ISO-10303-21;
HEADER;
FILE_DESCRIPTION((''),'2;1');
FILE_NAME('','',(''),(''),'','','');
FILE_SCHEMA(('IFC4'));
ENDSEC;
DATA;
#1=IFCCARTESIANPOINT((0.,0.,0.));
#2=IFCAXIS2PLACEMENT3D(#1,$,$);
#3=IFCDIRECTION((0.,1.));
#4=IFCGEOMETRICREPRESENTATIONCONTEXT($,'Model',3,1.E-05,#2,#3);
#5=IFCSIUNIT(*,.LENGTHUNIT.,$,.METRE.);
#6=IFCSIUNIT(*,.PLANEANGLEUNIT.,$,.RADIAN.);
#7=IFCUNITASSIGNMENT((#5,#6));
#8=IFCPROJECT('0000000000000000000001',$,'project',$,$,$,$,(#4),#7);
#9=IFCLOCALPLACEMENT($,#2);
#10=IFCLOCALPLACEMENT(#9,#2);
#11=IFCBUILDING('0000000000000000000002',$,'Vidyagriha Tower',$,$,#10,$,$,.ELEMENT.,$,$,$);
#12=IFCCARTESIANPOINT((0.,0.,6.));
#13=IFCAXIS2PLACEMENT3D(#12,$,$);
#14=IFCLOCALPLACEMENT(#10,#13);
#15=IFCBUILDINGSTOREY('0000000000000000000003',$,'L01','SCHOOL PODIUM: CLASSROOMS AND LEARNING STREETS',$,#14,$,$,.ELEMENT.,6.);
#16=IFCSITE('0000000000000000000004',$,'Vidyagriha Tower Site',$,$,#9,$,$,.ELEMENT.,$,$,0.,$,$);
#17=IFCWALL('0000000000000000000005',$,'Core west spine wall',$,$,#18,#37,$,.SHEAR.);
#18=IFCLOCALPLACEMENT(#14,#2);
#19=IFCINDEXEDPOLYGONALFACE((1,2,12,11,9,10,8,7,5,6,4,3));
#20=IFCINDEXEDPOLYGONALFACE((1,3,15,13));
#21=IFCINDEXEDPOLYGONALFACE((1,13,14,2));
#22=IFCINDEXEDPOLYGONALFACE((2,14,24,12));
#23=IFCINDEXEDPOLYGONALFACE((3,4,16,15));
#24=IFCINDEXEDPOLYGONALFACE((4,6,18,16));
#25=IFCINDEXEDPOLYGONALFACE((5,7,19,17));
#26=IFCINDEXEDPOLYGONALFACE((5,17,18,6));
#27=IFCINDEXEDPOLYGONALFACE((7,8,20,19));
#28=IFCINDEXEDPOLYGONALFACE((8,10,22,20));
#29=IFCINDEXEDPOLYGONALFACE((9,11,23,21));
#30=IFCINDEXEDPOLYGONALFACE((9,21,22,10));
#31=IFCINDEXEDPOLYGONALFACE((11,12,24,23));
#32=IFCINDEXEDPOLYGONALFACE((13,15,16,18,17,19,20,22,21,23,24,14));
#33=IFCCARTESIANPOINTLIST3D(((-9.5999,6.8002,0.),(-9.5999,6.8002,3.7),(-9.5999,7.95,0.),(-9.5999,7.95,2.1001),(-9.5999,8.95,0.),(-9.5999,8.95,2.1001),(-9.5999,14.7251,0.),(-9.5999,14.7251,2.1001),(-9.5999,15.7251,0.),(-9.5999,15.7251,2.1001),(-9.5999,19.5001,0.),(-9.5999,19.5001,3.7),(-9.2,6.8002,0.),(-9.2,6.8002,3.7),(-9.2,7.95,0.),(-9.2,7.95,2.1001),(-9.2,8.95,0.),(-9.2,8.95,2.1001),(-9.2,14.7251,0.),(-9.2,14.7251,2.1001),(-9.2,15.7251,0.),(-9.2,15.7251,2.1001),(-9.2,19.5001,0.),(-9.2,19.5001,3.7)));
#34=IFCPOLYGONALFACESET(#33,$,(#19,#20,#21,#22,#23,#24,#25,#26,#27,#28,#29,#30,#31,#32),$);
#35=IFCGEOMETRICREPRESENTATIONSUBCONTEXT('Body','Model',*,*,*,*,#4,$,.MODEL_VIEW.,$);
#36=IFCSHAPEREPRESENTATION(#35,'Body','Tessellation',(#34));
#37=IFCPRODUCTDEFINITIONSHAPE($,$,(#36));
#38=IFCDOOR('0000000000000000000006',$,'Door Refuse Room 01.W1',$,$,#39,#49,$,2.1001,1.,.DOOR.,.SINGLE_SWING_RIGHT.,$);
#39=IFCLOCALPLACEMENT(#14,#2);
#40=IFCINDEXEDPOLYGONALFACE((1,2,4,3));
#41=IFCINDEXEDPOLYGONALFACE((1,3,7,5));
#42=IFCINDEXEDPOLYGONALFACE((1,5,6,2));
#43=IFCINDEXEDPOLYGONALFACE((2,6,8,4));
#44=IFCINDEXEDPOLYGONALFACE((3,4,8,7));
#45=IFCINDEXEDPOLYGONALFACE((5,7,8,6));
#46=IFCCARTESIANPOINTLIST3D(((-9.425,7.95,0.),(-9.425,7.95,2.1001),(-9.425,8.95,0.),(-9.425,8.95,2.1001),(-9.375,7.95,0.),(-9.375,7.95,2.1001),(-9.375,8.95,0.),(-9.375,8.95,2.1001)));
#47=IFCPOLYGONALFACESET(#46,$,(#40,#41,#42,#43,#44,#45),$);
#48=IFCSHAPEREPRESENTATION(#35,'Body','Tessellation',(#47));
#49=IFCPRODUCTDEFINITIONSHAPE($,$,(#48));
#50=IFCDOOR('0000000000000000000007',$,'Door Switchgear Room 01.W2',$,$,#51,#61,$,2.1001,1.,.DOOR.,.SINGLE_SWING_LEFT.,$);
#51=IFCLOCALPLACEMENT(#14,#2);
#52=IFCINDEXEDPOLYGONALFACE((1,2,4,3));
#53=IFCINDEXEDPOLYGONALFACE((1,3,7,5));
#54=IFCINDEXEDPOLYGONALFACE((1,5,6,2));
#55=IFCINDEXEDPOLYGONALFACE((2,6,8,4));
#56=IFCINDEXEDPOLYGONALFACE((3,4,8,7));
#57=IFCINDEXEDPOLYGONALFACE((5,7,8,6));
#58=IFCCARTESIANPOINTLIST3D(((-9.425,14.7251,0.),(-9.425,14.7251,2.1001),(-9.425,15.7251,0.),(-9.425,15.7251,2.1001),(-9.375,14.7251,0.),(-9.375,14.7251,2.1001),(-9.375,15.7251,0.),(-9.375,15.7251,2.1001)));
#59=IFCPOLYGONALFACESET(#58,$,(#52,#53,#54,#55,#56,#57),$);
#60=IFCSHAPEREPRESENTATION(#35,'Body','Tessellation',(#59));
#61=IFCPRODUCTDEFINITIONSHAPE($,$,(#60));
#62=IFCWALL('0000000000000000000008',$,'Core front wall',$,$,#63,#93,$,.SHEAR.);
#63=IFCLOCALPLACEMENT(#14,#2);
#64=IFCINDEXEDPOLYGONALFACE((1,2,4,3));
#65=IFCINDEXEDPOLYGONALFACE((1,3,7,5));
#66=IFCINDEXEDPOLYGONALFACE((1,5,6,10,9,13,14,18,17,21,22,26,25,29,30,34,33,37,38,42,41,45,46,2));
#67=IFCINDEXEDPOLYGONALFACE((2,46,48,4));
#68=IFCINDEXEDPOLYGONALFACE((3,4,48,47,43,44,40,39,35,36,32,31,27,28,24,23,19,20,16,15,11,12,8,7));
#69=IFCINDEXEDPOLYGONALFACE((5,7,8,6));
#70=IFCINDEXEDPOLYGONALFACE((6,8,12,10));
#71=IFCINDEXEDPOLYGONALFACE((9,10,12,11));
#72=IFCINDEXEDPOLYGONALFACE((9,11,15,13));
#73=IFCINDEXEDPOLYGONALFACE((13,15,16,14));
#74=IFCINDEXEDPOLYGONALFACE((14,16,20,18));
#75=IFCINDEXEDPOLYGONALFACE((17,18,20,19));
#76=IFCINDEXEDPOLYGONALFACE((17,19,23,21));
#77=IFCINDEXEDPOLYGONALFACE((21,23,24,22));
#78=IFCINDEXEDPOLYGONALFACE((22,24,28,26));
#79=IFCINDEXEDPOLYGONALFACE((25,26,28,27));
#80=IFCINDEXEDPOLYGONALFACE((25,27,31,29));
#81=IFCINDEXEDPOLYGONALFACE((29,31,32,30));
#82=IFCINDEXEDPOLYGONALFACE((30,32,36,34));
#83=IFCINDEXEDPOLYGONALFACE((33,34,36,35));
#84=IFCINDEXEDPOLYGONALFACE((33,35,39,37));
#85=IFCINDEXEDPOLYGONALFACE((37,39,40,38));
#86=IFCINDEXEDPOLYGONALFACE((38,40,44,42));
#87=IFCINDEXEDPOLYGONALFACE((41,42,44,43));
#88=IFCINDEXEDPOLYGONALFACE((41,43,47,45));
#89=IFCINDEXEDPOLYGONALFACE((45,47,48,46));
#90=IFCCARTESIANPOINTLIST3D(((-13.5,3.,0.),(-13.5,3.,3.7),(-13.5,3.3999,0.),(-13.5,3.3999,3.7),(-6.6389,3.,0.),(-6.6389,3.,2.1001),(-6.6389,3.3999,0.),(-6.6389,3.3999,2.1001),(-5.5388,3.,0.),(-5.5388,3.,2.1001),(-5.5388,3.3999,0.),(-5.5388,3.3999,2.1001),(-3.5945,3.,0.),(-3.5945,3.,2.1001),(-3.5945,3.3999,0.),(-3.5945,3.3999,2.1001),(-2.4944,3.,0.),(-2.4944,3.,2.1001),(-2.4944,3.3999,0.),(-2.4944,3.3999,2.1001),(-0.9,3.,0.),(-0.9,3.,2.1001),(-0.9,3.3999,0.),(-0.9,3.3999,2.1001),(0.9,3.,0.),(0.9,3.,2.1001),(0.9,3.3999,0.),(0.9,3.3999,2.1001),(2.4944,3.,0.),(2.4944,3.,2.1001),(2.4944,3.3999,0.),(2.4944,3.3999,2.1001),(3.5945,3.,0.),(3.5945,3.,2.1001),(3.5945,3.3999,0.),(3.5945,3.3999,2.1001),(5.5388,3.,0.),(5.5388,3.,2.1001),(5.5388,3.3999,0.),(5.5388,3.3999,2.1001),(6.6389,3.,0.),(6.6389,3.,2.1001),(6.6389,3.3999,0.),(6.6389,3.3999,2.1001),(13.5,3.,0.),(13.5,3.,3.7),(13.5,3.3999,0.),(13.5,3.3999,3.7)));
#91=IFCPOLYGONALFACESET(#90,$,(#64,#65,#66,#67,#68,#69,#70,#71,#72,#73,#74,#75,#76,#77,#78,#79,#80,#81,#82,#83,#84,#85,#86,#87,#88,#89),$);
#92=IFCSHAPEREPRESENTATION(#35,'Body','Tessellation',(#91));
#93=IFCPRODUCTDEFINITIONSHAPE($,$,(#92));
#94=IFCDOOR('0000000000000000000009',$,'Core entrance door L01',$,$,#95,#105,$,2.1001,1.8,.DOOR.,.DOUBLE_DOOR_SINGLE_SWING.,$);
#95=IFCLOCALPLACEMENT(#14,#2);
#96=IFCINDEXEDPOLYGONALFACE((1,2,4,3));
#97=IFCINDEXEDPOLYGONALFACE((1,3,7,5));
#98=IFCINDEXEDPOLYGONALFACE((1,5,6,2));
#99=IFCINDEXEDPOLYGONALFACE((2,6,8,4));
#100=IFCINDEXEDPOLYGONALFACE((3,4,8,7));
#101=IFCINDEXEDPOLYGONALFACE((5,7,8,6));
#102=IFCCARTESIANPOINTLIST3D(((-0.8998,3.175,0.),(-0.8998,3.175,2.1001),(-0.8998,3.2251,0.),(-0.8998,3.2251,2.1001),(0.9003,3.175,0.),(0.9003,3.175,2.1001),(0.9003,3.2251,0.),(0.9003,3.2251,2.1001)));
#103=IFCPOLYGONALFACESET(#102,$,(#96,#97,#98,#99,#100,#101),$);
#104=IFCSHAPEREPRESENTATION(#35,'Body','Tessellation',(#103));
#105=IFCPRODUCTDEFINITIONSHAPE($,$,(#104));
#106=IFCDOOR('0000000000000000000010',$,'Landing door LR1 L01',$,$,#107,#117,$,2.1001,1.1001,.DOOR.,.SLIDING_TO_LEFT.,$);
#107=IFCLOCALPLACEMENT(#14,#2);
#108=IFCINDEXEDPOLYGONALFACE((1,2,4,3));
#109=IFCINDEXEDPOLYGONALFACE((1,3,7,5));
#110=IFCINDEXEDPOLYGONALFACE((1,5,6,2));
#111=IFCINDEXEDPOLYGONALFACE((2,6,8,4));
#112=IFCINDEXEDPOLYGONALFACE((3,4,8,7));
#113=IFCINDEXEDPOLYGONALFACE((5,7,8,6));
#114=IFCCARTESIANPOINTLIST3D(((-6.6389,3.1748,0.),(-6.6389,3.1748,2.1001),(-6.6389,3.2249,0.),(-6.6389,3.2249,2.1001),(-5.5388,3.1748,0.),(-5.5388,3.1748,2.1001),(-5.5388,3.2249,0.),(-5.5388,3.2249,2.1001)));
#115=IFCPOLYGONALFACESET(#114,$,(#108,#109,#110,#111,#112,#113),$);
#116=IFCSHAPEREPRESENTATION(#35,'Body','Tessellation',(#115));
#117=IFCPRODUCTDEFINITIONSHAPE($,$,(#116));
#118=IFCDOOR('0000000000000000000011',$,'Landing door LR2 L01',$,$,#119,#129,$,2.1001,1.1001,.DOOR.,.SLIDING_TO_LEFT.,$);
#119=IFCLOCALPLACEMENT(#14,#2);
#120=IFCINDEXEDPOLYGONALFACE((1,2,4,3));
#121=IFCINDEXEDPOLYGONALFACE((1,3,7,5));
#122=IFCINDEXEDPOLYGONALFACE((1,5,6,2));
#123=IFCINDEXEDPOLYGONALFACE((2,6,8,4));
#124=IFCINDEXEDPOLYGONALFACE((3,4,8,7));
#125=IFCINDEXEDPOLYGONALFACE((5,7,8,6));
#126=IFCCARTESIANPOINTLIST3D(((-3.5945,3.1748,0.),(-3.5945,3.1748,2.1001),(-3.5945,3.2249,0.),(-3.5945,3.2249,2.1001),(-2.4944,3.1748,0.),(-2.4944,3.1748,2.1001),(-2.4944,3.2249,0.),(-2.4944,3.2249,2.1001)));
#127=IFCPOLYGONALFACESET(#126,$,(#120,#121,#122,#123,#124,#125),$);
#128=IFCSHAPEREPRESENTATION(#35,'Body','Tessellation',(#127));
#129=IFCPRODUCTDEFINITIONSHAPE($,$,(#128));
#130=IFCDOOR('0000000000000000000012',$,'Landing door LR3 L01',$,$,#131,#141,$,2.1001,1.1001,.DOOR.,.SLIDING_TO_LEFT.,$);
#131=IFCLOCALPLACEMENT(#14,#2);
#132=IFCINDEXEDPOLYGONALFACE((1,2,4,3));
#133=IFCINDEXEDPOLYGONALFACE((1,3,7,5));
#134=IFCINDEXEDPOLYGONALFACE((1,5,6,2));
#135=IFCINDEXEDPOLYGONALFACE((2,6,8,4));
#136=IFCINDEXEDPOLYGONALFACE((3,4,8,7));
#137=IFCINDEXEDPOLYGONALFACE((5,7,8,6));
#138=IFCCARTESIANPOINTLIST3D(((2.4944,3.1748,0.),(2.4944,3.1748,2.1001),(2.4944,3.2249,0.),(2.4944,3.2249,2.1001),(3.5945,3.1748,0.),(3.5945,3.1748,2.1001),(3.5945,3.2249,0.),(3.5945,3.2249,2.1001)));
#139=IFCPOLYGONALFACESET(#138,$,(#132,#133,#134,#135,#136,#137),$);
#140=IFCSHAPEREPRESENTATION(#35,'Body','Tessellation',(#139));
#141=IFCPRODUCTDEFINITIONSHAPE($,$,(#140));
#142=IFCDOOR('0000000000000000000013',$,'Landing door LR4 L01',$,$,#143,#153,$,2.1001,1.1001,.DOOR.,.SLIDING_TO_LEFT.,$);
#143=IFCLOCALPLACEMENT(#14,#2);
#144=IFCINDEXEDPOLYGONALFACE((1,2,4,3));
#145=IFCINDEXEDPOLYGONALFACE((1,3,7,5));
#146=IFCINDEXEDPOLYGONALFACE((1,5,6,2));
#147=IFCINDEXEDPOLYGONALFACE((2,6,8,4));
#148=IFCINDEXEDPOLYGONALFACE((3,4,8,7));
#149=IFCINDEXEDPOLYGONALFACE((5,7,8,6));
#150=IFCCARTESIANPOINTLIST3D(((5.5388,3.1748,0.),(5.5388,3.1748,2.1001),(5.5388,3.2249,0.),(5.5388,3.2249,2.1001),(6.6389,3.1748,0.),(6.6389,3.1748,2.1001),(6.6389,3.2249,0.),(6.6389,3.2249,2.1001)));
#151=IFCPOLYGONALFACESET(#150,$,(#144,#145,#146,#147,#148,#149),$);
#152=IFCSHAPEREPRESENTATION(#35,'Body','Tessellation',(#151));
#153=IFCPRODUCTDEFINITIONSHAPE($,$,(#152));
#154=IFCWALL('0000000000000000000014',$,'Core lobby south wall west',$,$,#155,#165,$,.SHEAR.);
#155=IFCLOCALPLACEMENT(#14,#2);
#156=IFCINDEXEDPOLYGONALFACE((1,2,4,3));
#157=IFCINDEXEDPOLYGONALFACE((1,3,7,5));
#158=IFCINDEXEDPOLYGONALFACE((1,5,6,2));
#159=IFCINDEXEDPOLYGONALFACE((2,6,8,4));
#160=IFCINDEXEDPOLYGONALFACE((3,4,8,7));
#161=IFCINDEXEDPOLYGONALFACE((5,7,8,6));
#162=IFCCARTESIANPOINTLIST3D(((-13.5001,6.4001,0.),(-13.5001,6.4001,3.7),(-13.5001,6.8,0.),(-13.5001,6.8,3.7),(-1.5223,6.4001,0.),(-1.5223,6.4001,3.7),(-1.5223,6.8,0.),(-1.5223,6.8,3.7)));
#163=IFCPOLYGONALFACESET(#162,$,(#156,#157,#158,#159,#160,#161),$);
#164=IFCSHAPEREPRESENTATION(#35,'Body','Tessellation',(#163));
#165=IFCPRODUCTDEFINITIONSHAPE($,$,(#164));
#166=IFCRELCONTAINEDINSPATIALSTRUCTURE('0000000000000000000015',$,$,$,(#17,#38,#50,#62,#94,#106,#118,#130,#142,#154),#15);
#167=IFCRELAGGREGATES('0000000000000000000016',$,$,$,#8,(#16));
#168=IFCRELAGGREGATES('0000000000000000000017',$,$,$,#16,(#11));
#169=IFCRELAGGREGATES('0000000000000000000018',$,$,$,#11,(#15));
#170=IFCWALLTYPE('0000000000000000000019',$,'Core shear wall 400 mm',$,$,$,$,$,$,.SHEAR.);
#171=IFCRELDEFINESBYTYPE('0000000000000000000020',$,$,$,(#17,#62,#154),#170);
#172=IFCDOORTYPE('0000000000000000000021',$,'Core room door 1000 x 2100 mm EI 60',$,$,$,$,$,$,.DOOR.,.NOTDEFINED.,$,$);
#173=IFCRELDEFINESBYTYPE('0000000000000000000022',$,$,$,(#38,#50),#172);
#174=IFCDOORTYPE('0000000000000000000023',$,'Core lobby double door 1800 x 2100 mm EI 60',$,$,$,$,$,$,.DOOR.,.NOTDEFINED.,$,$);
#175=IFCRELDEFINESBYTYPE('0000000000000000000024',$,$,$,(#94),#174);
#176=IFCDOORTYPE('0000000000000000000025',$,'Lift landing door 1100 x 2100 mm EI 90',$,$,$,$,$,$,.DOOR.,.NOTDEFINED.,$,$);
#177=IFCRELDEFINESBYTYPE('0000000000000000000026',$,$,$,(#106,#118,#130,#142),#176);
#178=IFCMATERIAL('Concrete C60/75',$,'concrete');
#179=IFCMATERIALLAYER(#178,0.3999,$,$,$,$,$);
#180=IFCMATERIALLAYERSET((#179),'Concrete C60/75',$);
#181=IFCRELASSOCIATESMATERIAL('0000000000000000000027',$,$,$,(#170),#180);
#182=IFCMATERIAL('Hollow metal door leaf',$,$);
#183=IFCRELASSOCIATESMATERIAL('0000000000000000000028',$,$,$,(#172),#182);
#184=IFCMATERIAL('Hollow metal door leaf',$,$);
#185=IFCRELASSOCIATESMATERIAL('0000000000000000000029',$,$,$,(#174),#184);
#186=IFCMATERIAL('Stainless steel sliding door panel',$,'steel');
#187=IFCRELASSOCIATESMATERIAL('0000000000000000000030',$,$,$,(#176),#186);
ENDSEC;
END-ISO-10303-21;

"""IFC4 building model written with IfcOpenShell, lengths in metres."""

from ifc_helpers import new_model, si_unit, direction, frame, frame_2d, origin, place, context, subcontext, project, spatial, rectangle, extrude, material, layer, layer_set, type_object, element, fill, save


model = new_model("IFC4")

# Units and contexts
model_context = context("Model", 3, precision=1e-05, world=origin(), true_north=direction((0.0, 1.0)))
body_context = subcontext(model_context, "Body", "Model", "MODEL_VIEW")
ifc_project = project(units=[si_unit("LENGTHUNIT", "METRE"), si_unit("PLANEANGLEUNIT", "RADIAN")], contexts=[model_context])

# Site, building, storey
site_placement = place(None, origin())
site = spatial("IfcSite", under=ifc_project, at=site_placement, Name="Vidyagriha Tower Site", CompositionType="ELEMENT", RefElevation=0.0)
building_placement = place(site_placement, origin())
building = spatial("IfcBuilding", under=site, at=building_placement, Name="Vidyagriha Tower", CompositionType="ELEMENT")
storey_placement = place(building_placement, frame((0.0, 0.0, 6.0)))
storey = spatial("IfcBuildingStorey", under=building, at=storey_placement, Name="L01", Description="SCHOOL PODIUM: CLASSROOMS AND LEARNING STREETS", CompositionType="ELEMENT", Elevation=6.0)

# Walls, openings, doors
ifc_material_1 = material(Name="Concrete C60/75", Category="concrete")
ifc_layer_1 = layer(ifc_material_1, 0.3999)
ifc_layer_set_1 = layer_set([ifc_layer_1], Name="Concrete C60/75")
wall_type_1 = type_object("IfcWallType", Name="Core shear wall 400 mm", PredefinedType="SHEAR", material=ifc_layer_set_1)
wall_1_placement = place(storey_placement, frame((-9.3999, 6.8, 0.0), z_axis=(0.0, 0.0, 1.0), x_axis=(0.0, 1.0, 0.0)))
wall_1 = element("IfcWall", 1, at=wall_1_placement, inside=storey, type_object=wall_type_1, Name="Core west spine wall", PredefinedType="SHEAR", context=body_context, shape_type="SweptSolid", body=[
    extrude(rectangle(XDim=12.7, YDim=0.3999, at=frame_2d((6.3501, 0.0))), origin(), (0.0, 0.0, 1.0), 3.7),
])
opening_1_placement = place(wall_1_placement, frame((1.1499, 0.0, 0.0)))
opening_1 = element("IfcOpeningElement", 2, at=opening_1_placement, cuts=wall_1, PredefinedType="OPENING", context=body_context, shape_type="SweptSolid", body=[
    extrude(rectangle(XDim=1.0, YDim=2.1001, at=frame_2d((0.5, 1.05))), frame((0.0, 0.21, 0.0), z_axis=(0.0, -1.0, 0.0), x_axis=(1.0, 0.0, 0.0)), (0.0, 0.0, 1.0), 0.4199),
])
opening_2_placement = place(wall_1_placement, frame((7.925, 0.0, 0.0)))
opening_2 = element("IfcOpeningElement", 3, at=opening_2_placement, cuts=wall_1, PredefinedType="OPENING", context=body_context, shape_type="SweptSolid", body=[
    extrude(rectangle(XDim=1.0, YDim=2.1001, at=frame_2d((0.5, 1.05))), frame((0.0, 0.21, 0.0), z_axis=(0.0, -1.0, 0.0), x_axis=(1.0, 0.0, 0.0)), (0.0, 0.0, 1.0), 0.4199),
])
ifc_material_2 = material(Name="Hollow metal door leaf")
door_type_1 = type_object("IfcDoorType", Name="Core room door 1000 x 2100 mm EI 60", OperationType="NOTDEFINED", PredefinedType="DOOR", material=ifc_material_2)
door_1_placement = place(opening_1_placement, frame((1.0, 0.0, 0.0), z_axis=(0.0, 0.0, 1.0), x_axis=(-1.0, 0.0, 0.0)))
door_1 = element("IfcDoor", 4, at=door_1_placement, inside=storey, type_object=door_type_1, Name="Door Refuse Room 01.W1", OperationType="SINGLE_SWING_RIGHT", OverallHeight=2.1001, OverallWidth=1.0, PredefinedType="DOOR", context=body_context, shape_type="SweptSolid", body=[
    extrude(rectangle(XDim=1.0, YDim=2.1001, at=frame_2d((0.5, 1.05))), frame((0.0, 0.0249, 0.0), z_axis=(0.0, -1.0, 0.0), x_axis=(1.0, 0.0, 0.0)), (0.0, 0.0, 1.0), 0.05),
])
fill(opening_1, door_1)
door_2_placement = place(opening_2_placement, frame((1.0, 0.0, 0.0), z_axis=(0.0, 0.0, 1.0), x_axis=(-1.0, 0.0, 0.0)))
door_2 = element("IfcDoor", 5, at=door_2_placement, inside=storey, type_object=door_type_1, Name="Door Switchgear Room 01.W2", OperationType="SINGLE_SWING_LEFT", OverallHeight=2.1001, OverallWidth=1.0, PredefinedType="DOOR", context=body_context, shape_type="SweptSolid", body=[
    extrude(rectangle(XDim=1.0, YDim=2.1001, at=frame_2d((0.5, 1.05))), frame((0.0, 0.0249, 0.0), z_axis=(0.0, -1.0, 0.0), x_axis=(1.0, 0.0, 0.0)), (0.0, 0.0, 1.0), 0.05),
])
fill(opening_2, door_2)
wall_2_placement = place(storey_placement, frame((-13.5, 3.2, 0.0)))
wall_2 = element("IfcWall", 6, at=wall_2_placement, inside=storey, type_object=wall_type_1, Name="Core front wall", PredefinedType="SHEAR", context=body_context, shape_type="SweptSolid", body=[
    extrude(rectangle(XDim=27.0, YDim=0.3999, at=frame_2d((13.5, 0.0))), origin(), (0.0, 0.0, 1.0), 3.7),
])
opening_3_placement = place(wall_2_placement, frame((6.8611, 0.0, 0.0)))
opening_3 = element("IfcOpeningElement", 7, at=opening_3_placement, cuts=wall_2, PredefinedType="OPENING", context=body_context, shape_type="SweptSolid", body=[
    extrude(rectangle(XDim=1.1001, YDim=2.1001, at=frame_2d((0.55, 1.05))), frame((0.0, 0.21, 0.0), z_axis=(0.0, -1.0, 0.0), x_axis=(1.0, 0.0, 0.0)), (0.0, 0.0, 1.0), 0.4199),
])
opening_4_placement = place(wall_2_placement, frame((9.9055, 0.0, 0.0)))
opening_4 = element("IfcOpeningElement", 8, at=opening_4_placement, cuts=wall_2, PredefinedType="OPENING", context=body_context, shape_type="SweptSolid", body=[
    extrude(rectangle(XDim=1.1001, YDim=2.1001, at=frame_2d((0.55, 1.05))), frame((0.0, 0.21, 0.0), z_axis=(0.0, -1.0, 0.0), x_axis=(1.0, 0.0, 0.0)), (0.0, 0.0, 1.0), 0.4199),
])
opening_5_placement = place(wall_2_placement, frame((15.9944, 0.0, 0.0)))
opening_5 = element("IfcOpeningElement", 9, at=opening_5_placement, cuts=wall_2, PredefinedType="OPENING", context=body_context, shape_type="SweptSolid", body=[
    extrude(rectangle(XDim=1.1001, YDim=2.1001, at=frame_2d((0.55, 1.05))), frame((0.0, 0.21, 0.0), z_axis=(0.0, -1.0, 0.0), x_axis=(1.0, 0.0, 0.0)), (0.0, 0.0, 1.0), 0.4199),
])
opening_6_placement = place(wall_2_placement, frame((19.0388, 0.0, 0.0)))
opening_6 = element("IfcOpeningElement", 10, at=opening_6_placement, cuts=wall_2, PredefinedType="OPENING", context=body_context, shape_type="SweptSolid", body=[
    extrude(rectangle(XDim=1.1001, YDim=2.1001, at=frame_2d((0.55, 1.05))), frame((0.0, 0.21, 0.0), z_axis=(0.0, -1.0, 0.0), x_axis=(1.0, 0.0, 0.0)), (0.0, 0.0, 1.0), 0.4199),
])
opening_7_placement = place(wall_2_placement, frame((12.6001, 0.0, 0.0)))
opening_7 = element("IfcOpeningElement", 11, at=opening_7_placement, cuts=wall_2, PredefinedType="OPENING", context=body_context, shape_type="SweptSolid", body=[
    extrude(rectangle(XDim=1.8, YDim=2.1001, at=frame_2d((0.8999, 1.05))), frame((0.0, 0.21, 0.0), z_axis=(0.0, -1.0, 0.0), x_axis=(1.0, 0.0, 0.0)), (0.0, 0.0, 1.0), 0.4199),
])
ifc_material_3 = material(Name="Hollow metal door leaf")
door_type_2 = type_object("IfcDoorType", Name="Core lobby double door 1800 x 2100 mm EI 60", OperationType="NOTDEFINED", PredefinedType="DOOR", material=ifc_material_3)
door_3_placement = place(opening_7_placement, frame((1.8, 0.0, 0.0), z_axis=(0.0, 0.0, 1.0), x_axis=(-1.0, 0.0, 0.0)))
door_3 = element("IfcDoor", 12, at=door_3_placement, inside=storey, type_object=door_type_2, Name="Core entrance door L01", OperationType="DOUBLE_DOOR_SINGLE_SWING", OverallHeight=2.1001, OverallWidth=1.8, PredefinedType="DOOR", context=body_context, shape_type="SweptSolid", body=[
    extrude(rectangle(XDim=1.8, YDim=2.1001, at=frame_2d((0.8999, 1.05))), frame((0.0, 0.0249, 0.0), z_axis=(0.0, -1.0, 0.0), x_axis=(1.0, 0.0, 0.0)), (0.0, 0.0, 1.0), 0.05),
])
fill(opening_7, door_3)
ifc_material_4 = material(Name="Stainless steel sliding door panel", Category="steel")
door_type_3 = type_object("IfcDoorType", Name="Lift landing door 1100 x 2100 mm EI 90", OperationType="NOTDEFINED", PredefinedType="DOOR", material=ifc_material_4)
door_4_placement = place(opening_3_placement, origin())
door_4 = element("IfcDoor", 13, at=door_4_placement, inside=storey, type_object=door_type_3, Name="Landing door LR1 L01", OperationType="SLIDING_TO_LEFT", OverallHeight=2.1001, OverallWidth=1.1001, PredefinedType="DOOR", context=body_context, shape_type="SweptSolid", body=[
    extrude(rectangle(XDim=1.1001, YDim=2.1001, at=frame_2d((0.55, 1.05))), frame((0.0, 0.0249, 0.0), z_axis=(0.0, -1.0, 0.0), x_axis=(1.0, 0.0, 0.0)), (0.0, 0.0, 1.0), 0.05),
])
fill(opening_3, door_4)
door_5_placement = place(opening_4_placement, origin())
door_5 = element("IfcDoor", 14, at=door_5_placement, inside=storey, type_object=door_type_3, Name="Landing door LR2 L01", OperationType="SLIDING_TO_LEFT", OverallHeight=2.1001, OverallWidth=1.1001, PredefinedType="DOOR", context=body_context, shape_type="SweptSolid", body=[
    extrude(rectangle(XDim=1.1001, YDim=2.1001, at=frame_2d((0.55, 1.05))), frame((0.0, 0.0249, 0.0), z_axis=(0.0, -1.0, 0.0), x_axis=(1.0, 0.0, 0.0)), (0.0, 0.0, 1.0), 0.05),
])
fill(opening_4, door_5)
door_6_placement = place(opening_5_placement, origin())
door_6 = element("IfcDoor", 15, at=door_6_placement, inside=storey, type_object=door_type_3, Name="Landing door LR3 L01", OperationType="SLIDING_TO_LEFT", OverallHeight=2.1001, OverallWidth=1.1001, PredefinedType="DOOR", context=body_context, shape_type="SweptSolid", body=[
    extrude(rectangle(XDim=1.1001, YDim=2.1001, at=frame_2d((0.55, 1.05))), frame((0.0, 0.0249, 0.0), z_axis=(0.0, -1.0, 0.0), x_axis=(1.0, 0.0, 0.0)), (0.0, 0.0, 1.0), 0.05),
])
fill(opening_5, door_6)
door_7_placement = place(opening_6_placement, origin())
door_7 = element("IfcDoor", 16, at=door_7_placement, inside=storey, type_object=door_type_3, Name="Landing door LR4 L01", OperationType="SLIDING_TO_LEFT", OverallHeight=2.1001, OverallWidth=1.1001, PredefinedType="DOOR", context=body_context, shape_type="SweptSolid", body=[
    extrude(rectangle(XDim=1.1001, YDim=2.1001, at=frame_2d((0.55, 1.05))), frame((0.0, 0.0249, 0.0), z_axis=(0.0, -1.0, 0.0), x_axis=(1.0, 0.0, 0.0)), (0.0, 0.0, 1.0), 0.05),
])
fill(opening_6, door_7)

# Wall
wall_3_placement = place(storey_placement, frame((-13.5, 6.6001, 0.0)))
element("IfcWall", 17, at=wall_3_placement, inside=storey, type_object=wall_type_1, Name="Core lobby south wall west", PredefinedType="SHEAR", context=body_context, shape_type="SweptSolid", body=[
    extrude(rectangle(XDim=11.9778, YDim=0.3999, at=frame_2d((5.9888, 0.0))), origin(), (0.0, 0.0, 1.0), 3.7),
])

save(model, "model.ifc")
